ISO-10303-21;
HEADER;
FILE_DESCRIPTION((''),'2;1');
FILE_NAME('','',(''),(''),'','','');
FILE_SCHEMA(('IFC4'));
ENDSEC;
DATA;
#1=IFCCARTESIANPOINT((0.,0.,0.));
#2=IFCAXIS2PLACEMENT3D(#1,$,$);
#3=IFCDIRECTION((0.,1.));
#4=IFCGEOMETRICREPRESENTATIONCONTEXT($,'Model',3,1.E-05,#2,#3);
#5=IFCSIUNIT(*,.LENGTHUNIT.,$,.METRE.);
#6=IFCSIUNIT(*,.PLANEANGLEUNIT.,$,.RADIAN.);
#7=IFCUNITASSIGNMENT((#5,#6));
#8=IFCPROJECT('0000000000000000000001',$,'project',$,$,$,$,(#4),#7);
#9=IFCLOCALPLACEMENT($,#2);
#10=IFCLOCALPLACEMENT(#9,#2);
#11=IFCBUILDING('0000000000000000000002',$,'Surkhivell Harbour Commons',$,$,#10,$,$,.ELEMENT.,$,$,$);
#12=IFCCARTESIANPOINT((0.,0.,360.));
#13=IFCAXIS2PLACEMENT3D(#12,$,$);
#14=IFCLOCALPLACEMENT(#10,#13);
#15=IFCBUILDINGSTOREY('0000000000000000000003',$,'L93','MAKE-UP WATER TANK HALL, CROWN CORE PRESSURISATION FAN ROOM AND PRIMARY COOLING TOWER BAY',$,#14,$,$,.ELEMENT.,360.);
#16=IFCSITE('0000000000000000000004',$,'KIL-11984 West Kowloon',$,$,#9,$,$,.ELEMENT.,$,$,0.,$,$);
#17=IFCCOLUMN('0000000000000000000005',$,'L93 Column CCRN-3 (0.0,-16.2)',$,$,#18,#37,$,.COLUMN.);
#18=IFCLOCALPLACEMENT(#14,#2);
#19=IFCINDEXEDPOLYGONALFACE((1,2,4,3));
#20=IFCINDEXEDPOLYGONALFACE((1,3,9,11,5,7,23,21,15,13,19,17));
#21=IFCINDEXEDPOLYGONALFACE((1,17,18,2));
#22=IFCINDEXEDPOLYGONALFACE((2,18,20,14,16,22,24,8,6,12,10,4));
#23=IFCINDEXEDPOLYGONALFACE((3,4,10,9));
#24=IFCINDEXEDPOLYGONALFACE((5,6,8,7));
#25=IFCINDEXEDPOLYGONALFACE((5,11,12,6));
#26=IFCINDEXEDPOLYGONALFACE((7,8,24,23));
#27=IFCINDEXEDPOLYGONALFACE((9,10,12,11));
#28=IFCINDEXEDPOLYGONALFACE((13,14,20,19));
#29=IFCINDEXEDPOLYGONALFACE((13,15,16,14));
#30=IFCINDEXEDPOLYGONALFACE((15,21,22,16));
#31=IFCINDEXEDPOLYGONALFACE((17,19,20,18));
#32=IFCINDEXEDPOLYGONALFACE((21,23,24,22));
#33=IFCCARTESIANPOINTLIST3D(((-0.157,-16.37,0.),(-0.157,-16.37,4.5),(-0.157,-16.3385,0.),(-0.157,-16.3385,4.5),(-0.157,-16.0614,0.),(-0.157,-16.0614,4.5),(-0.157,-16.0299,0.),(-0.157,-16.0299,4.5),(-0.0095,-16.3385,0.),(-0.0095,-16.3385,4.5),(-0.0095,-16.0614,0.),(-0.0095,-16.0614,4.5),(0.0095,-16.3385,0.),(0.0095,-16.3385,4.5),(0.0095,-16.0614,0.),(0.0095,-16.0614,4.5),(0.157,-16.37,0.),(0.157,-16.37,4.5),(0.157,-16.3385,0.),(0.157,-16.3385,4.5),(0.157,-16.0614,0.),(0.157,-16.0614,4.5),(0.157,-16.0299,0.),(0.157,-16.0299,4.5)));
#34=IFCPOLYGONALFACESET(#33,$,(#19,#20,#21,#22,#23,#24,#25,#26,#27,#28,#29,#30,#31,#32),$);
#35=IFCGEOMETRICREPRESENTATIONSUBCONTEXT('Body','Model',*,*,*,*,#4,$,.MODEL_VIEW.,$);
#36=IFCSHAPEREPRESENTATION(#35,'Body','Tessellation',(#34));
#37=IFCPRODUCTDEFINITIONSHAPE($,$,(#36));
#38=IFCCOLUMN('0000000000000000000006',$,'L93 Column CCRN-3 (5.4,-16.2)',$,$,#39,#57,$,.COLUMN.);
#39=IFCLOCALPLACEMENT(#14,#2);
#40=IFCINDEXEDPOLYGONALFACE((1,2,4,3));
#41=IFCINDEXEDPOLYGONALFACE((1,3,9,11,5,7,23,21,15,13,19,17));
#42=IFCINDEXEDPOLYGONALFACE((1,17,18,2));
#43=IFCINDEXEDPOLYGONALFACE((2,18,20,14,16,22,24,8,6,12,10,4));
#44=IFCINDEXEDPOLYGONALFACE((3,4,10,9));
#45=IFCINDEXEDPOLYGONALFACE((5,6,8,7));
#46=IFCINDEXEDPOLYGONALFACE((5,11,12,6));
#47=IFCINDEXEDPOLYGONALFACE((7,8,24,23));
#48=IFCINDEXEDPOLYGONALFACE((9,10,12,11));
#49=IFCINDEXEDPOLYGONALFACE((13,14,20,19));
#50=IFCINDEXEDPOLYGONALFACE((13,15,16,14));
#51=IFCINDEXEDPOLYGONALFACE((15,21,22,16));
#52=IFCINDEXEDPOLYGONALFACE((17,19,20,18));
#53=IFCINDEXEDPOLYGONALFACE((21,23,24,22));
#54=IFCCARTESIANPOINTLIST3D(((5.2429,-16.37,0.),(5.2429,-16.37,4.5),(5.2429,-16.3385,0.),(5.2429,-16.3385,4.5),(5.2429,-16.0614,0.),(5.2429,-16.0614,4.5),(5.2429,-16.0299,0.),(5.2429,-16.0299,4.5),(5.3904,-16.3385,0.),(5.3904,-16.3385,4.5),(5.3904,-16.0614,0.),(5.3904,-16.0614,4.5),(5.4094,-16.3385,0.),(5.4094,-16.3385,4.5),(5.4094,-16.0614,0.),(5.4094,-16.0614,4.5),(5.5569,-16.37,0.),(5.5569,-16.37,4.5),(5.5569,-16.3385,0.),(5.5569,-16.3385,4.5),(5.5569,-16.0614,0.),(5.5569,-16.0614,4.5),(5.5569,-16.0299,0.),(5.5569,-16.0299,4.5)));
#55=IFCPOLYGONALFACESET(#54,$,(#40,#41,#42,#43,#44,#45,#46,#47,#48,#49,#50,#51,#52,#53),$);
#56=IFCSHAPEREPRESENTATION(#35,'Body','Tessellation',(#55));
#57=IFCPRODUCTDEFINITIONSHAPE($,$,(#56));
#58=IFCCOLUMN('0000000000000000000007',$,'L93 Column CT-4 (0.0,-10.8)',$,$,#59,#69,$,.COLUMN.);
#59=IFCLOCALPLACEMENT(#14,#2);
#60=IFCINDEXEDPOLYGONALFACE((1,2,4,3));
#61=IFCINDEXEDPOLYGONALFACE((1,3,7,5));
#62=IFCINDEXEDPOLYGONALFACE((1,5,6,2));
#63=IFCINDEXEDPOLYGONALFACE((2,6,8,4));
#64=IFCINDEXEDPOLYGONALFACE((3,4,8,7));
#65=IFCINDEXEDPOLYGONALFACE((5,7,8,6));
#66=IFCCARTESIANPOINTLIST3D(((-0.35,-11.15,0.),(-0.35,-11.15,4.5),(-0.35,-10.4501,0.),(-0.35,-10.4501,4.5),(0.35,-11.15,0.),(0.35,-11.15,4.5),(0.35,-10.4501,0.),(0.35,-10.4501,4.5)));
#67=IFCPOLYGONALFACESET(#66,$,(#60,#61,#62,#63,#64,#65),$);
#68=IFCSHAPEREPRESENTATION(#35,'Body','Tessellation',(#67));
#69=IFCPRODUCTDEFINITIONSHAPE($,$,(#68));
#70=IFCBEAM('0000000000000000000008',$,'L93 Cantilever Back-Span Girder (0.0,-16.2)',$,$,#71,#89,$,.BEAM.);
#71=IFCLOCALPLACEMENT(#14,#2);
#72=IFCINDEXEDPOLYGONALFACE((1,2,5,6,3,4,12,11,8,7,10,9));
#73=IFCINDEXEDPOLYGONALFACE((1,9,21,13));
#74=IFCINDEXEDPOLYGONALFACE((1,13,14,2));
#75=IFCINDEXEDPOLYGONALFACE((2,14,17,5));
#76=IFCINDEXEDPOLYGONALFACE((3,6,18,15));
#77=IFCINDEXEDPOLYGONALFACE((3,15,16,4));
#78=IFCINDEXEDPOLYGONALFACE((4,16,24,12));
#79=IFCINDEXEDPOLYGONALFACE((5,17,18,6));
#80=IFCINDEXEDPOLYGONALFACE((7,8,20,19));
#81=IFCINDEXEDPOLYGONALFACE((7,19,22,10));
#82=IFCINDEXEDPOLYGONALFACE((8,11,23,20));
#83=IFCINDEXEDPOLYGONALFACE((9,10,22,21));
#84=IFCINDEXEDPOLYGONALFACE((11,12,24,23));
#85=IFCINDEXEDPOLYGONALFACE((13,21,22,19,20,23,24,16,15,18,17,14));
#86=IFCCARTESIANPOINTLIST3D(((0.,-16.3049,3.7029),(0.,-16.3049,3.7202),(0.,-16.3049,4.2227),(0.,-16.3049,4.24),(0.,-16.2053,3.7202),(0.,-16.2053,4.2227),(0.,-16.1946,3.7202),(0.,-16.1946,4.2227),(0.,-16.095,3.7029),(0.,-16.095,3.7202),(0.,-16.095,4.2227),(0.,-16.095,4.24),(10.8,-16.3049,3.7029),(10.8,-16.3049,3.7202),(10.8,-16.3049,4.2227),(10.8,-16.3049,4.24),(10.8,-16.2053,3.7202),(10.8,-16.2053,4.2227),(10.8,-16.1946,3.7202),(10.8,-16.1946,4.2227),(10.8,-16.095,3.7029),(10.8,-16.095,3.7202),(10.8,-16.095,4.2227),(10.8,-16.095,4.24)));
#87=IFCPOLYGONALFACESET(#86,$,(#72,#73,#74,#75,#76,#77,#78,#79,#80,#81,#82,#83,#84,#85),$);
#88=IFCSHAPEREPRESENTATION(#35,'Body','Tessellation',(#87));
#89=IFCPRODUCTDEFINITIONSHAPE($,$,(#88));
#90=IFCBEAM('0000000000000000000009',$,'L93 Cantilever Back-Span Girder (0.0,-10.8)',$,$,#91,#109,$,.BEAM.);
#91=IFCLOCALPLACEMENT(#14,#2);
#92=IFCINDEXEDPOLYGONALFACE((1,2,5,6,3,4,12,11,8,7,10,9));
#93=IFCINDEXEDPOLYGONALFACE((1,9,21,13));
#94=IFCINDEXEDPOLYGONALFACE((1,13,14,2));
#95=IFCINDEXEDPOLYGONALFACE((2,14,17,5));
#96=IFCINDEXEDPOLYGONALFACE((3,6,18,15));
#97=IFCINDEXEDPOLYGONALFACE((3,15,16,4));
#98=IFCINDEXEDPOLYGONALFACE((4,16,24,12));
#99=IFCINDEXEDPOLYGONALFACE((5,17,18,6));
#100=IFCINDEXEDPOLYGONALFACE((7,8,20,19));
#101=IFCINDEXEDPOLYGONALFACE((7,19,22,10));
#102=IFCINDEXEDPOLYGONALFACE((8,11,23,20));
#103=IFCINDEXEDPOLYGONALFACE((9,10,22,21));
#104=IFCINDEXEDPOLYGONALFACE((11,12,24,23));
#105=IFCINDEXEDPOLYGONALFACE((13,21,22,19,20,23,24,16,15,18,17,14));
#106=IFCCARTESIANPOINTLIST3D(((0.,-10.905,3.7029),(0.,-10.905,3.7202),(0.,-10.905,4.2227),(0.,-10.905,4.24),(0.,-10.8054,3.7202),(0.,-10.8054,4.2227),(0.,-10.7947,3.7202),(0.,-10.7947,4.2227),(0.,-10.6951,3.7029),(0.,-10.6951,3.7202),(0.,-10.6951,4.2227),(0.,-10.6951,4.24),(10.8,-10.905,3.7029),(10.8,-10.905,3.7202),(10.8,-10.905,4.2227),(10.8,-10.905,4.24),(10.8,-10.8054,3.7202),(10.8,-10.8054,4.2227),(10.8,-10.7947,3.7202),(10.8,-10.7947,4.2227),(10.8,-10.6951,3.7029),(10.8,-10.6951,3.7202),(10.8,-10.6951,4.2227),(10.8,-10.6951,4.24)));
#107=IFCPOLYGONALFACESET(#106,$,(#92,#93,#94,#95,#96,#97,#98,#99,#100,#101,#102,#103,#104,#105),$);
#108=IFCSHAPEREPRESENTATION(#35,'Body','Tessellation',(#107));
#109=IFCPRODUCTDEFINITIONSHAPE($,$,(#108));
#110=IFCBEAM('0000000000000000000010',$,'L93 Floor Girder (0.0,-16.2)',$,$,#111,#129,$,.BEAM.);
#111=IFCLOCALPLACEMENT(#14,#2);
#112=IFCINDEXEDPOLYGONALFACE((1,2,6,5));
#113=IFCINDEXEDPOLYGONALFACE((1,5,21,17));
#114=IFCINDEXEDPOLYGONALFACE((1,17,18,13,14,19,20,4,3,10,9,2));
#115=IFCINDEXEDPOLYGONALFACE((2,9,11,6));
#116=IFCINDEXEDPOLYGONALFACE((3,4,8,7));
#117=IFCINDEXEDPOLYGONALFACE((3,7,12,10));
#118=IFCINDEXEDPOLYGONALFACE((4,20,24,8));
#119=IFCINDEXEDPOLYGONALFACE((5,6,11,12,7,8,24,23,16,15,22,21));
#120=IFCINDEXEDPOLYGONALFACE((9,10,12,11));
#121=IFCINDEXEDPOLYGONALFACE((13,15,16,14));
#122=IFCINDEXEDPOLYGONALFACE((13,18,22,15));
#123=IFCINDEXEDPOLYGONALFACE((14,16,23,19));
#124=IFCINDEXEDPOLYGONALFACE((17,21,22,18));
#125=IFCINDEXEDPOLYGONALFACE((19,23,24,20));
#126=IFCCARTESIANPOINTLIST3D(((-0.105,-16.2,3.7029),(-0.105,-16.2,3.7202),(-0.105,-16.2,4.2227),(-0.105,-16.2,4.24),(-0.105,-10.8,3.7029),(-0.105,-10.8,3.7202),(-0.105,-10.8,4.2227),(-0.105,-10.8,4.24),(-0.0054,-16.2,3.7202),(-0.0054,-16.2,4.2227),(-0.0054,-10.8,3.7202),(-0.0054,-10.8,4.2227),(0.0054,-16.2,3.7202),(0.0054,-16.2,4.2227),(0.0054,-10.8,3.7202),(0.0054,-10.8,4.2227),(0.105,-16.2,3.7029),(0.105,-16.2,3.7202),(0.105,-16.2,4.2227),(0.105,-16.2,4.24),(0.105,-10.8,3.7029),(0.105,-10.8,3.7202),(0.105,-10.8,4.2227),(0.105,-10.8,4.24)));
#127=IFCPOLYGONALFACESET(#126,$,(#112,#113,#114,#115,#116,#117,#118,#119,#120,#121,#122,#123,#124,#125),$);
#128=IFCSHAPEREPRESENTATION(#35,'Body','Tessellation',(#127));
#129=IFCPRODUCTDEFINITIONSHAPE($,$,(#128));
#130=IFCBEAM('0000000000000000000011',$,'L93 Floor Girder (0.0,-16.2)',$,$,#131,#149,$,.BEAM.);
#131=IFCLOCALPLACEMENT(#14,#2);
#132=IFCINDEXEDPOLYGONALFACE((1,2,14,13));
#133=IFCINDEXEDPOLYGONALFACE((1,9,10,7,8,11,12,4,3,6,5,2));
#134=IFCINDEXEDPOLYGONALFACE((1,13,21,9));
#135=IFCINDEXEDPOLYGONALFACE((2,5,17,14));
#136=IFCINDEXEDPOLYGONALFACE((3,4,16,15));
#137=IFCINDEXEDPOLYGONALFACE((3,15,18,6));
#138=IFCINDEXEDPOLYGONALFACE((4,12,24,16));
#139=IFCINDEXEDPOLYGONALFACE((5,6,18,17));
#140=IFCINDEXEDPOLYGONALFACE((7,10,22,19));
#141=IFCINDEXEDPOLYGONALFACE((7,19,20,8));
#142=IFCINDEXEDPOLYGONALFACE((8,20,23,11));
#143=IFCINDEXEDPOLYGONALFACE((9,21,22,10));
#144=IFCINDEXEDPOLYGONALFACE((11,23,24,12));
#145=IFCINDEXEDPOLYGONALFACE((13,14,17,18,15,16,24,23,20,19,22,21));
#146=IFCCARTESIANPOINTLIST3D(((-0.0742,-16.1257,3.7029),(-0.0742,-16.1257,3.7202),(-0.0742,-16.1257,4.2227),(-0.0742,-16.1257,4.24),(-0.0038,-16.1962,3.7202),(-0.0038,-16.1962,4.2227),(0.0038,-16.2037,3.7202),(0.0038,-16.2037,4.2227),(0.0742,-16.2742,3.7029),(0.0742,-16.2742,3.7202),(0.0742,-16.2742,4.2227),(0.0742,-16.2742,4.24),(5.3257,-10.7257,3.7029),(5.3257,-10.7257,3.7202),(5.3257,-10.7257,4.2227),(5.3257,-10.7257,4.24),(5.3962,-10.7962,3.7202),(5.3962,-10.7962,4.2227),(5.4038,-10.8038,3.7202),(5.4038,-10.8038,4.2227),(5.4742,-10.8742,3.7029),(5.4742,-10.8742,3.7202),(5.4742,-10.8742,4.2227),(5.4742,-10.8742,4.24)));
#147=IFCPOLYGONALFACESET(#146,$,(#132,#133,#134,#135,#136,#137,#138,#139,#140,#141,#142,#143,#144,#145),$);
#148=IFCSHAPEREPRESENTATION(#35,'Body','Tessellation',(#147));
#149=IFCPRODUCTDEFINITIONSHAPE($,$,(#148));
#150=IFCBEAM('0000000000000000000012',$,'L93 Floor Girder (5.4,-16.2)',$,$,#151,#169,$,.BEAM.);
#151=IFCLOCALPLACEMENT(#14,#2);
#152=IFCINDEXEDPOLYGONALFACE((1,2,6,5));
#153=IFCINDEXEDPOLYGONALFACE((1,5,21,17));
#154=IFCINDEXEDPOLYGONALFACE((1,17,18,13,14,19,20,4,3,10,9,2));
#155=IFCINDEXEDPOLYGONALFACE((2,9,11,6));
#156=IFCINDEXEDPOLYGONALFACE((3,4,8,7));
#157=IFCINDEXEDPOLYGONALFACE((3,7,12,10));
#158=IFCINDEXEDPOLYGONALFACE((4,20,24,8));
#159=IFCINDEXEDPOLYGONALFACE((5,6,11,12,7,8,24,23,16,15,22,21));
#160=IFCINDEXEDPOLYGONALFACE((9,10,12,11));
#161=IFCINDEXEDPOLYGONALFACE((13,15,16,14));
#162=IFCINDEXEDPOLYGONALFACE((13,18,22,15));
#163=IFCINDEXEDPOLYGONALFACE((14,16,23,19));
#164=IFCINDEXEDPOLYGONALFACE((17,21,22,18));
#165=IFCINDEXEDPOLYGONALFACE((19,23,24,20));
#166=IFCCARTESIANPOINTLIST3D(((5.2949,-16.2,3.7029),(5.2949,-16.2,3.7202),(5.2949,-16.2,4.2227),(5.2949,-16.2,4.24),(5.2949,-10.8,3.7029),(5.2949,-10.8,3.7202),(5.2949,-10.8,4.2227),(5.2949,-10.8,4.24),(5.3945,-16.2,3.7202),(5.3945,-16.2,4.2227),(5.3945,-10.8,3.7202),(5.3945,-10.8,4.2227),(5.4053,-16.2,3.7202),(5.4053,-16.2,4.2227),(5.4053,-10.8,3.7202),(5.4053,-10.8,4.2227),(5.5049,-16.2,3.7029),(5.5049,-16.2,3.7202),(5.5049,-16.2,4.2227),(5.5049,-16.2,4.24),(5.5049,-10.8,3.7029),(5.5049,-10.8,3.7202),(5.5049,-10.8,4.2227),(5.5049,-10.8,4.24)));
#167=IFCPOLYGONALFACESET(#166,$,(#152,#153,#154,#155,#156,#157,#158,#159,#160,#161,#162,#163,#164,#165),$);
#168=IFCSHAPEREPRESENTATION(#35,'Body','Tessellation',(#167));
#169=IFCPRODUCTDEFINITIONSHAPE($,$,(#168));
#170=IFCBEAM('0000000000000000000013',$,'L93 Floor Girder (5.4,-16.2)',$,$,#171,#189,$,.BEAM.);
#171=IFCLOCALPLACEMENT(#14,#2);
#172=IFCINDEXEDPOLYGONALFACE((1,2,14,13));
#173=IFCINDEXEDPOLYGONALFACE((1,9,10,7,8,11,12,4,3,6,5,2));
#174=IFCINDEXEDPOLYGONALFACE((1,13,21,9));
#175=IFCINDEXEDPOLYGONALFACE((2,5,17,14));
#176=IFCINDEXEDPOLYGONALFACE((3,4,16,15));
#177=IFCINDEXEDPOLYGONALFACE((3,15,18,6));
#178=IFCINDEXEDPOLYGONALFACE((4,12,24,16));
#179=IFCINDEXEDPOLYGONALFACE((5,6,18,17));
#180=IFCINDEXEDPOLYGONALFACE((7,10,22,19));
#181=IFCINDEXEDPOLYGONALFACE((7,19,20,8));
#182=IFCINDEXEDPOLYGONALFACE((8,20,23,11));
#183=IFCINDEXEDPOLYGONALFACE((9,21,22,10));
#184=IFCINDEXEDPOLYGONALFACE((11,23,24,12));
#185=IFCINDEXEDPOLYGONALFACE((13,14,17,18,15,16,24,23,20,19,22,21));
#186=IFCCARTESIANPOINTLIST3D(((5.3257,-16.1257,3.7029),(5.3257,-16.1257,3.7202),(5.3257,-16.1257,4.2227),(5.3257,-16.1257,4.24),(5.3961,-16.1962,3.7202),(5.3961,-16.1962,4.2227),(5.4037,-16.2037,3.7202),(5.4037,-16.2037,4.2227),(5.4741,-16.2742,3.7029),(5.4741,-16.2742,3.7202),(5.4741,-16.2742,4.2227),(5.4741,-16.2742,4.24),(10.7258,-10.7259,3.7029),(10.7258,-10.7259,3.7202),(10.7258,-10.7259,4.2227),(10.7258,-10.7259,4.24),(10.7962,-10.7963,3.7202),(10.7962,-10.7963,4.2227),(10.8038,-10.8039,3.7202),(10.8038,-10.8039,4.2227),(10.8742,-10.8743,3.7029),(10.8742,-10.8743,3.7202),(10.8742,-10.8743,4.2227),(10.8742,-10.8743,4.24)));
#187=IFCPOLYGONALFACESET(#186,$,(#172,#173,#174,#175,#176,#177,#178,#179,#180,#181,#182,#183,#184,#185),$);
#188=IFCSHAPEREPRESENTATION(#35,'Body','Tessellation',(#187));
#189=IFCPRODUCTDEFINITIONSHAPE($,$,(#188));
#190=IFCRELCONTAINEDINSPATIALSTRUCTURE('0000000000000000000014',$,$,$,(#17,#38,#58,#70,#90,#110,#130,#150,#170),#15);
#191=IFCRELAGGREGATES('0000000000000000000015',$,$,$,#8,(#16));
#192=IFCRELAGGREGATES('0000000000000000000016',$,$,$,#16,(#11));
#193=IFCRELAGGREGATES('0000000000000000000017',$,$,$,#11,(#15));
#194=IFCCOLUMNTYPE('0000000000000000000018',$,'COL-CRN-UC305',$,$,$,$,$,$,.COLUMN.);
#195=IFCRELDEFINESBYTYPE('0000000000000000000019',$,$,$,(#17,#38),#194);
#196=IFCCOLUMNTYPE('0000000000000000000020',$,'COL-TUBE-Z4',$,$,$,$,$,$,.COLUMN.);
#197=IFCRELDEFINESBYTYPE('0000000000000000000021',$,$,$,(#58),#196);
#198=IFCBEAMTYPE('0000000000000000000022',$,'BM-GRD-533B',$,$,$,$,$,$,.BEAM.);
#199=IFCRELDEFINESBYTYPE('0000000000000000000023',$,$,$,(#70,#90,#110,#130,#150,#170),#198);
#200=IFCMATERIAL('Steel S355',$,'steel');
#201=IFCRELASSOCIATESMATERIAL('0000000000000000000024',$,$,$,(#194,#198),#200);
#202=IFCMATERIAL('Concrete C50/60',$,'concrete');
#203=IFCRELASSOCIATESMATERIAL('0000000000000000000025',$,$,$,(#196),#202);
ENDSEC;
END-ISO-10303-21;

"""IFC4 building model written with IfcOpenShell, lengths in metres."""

from ifc_helpers import new_model, si_unit, direction, frame, origin, origin_2d, place, context, subcontext, project, spatial, rectangle, i_section, extrude, material, material_profile, profile_set, type_object, element, save


model = new_model("IFC4")

# Units and contexts
model_context = context("Model", 3, precision=1e-05, world=origin(), true_north=direction((0.0, 1.0)))
body_context = subcontext(model_context, "Body", "Model", "MODEL_VIEW")
ifc_project = project(units=[si_unit("LENGTHUNIT", "METRE"), si_unit("PLANEANGLEUNIT", "RADIAN")], contexts=[model_context])

# Site, building, storey
site_placement = place(None, origin())
site = spatial("IfcSite", under=ifc_project, at=site_placement, Name="KIL-11984 West Kowloon", CompositionType="ELEMENT", RefElevation=0.0)
building_placement = place(site_placement, origin())
building = spatial("IfcBuilding", under=site, at=building_placement, Name="Surkhivell Harbour Commons", CompositionType="ELEMENT")
storey_placement = place(building_placement, frame((0.0, 0.0, 360.0)))
storey = spatial("IfcBuildingStorey", under=building, at=storey_placement, Name="L93", Description="MAKE-UP WATER TANK HALL, CROWN CORE PRESSURISATION FAN ROOM AND PRIMARY COOLING TOWER BAY", CompositionType="ELEMENT", Elevation=360.0)

# Columns
ifc_material_1 = material(Name="Steel S355", Category="steel")
ifc_material_profile_1 = material_profile(ifc_material_1, i_section(OverallWidth=0.314, OverallDepth=0.3401, WebThickness=0.019, FlangeThickness=0.0315, at=origin_2d()), Name="UC305x305x198")
ifc_profile_set_1 = profile_set([ifc_material_profile_1], Name="Steel S355")
column_type_1 = type_object("IfcColumnType", Name="COL-CRN-UC305", PredefinedType="COLUMN", material=ifc_profile_set_1)
for number, where, z_axis, x_axis, name in (
    (1, (0.0, -16.2, 0.0), (0.0, 0.0, 1.0), (1.0, 0.0, 0.0), "L93 Column CCRN-3 (0.0,-16.2)"),
    (2, (5.3999, -16.2, 0.0), (0.0, 0.0, 1.0), (1.0, 0.0, 0.0), "L93 Column CCRN-3 (5.4,-16.2)"),
):
    element("IfcColumn", number, at=place(storey_placement, frame(where, z_axis=z_axis, x_axis=x_axis)), inside=storey, type_object=column_type_1, Name=name, PredefinedType="COLUMN", context=body_context, shape_type="SweptSolid", body=[
        extrude(i_section(OverallWidth=0.314, OverallDepth=0.3401, WebThickness=0.019, FlangeThickness=0.0315, at=origin_2d()), origin(), (0.0, 0.0, 1.0), 4.5),
    ])
ifc_material_2 = material(Name="Concrete C50/60", Category="concrete")
ifc_material_profile_2 = material_profile(ifc_material_2, rectangle(XDim=0.7, YDim=0.7, at=origin_2d()), Name="RC-COL-700x700")
ifc_profile_set_2 = profile_set([ifc_material_profile_2], Name="Concrete C50/60")
column_type_2 = type_object("IfcColumnType", Name="COL-TUBE-Z4", PredefinedType="COLUMN", material=ifc_profile_set_2)
column_placement = place(storey_placement, frame((0.0, -10.8, 0.0), z_axis=(0.0, 0.0, 1.0), x_axis=(1.0, 0.0, 0.0)))
element("IfcColumn", 3, at=column_placement, inside=storey, type_object=column_type_2, Name="L93 Column CT-4 (0.0,-10.8)", PredefinedType="COLUMN", context=body_context, shape_type="SweptSolid", body=[
    extrude(rectangle(XDim=0.7, YDim=0.7, at=origin_2d()), origin(), (0.0, 0.0, 1.0), 4.5),
])

# Beams
ifc_material_profile_3 = material_profile(ifc_material_1, i_section(OverallWidth=0.21, OverallDepth=0.5371, WebThickness=0.0107, FlangeThickness=0.0173, at=origin_2d()), Name="UB533x210x101")
ifc_profile_set_3 = profile_set([ifc_material_profile_3], Name="Steel S355")
beam_type = type_object("IfcBeamType", Name="BM-GRD-533B", PredefinedType="BEAM", material=ifc_profile_set_3)
for number, where, z_axis, x_axis, name in (
    (4, (0.0, -16.2, 3.9714), (1.0, 0.0, 0.0), (0.0, 1.0, 0.0), "L93 Cantilever Back-Span Girder (0.0,-16.2)"),
    (5, (0.0, -10.8, 3.9714), (1.0, 0.0, 0.0), (0.0, 1.0, 0.0), "L93 Cantilever Back-Span Girder (0.0,-10.8)"),
):
    element("IfcBeam", number, at=place(storey_placement, frame(where, z_axis=z_axis, x_axis=x_axis)), inside=storey, type_object=beam_type, Name=name, PredefinedType="BEAM", context=body_context, shape_type="SweptSolid", body=[
        extrude(i_section(OverallWidth=0.21, OverallDepth=0.5371, WebThickness=0.0107, FlangeThickness=0.0173, at=origin_2d()), origin(), (0.0, 0.0, 1.0), 10.8),
    ])
beam_1_placement = place(storey_placement, frame((0.0, -16.2, 3.9714), z_axis=(0.0, 1.0, 0.0), x_axis=(-1.0, 0.0, 0.0)))
element("IfcBeam", 6, at=beam_1_placement, inside=storey, type_object=beam_type, Name="L93 Floor Girder (0.0,-16.2)", PredefinedType="BEAM", context=body_context, shape_type="SweptSolid", body=[
    extrude(i_section(OverallWidth=0.21, OverallDepth=0.5371, WebThickness=0.0107, FlangeThickness=0.0173, at=origin_2d()), origin(), (0.0, 0.0, 1.0), 5.3999),
])
beam_2_placement = place(storey_placement, frame((0.0, -16.2, 3.9714), z_axis=(0.707107, 0.707107, 0.0), x_axis=(-0.707107, 0.707107, 0.0)))
element("IfcBeam", 7, at=beam_2_placement, inside=storey, type_object=beam_type, Name="L93 Floor Girder (0.0,-16.2)", PredefinedType="BEAM", context=body_context, shape_type="SweptSolid", body=[
    extrude(i_section(OverallWidth=0.21, OverallDepth=0.5371, WebThickness=0.0107, FlangeThickness=0.0173, at=origin_2d()), origin(), (0.0, 0.0, 1.0), 7.6367),
])
beam_3_placement = place(storey_placement, frame((5.3999, -16.2, 3.9714), z_axis=(0.0, 1.0, 0.0), x_axis=(-1.0, 0.0, 0.0)))
element("IfcBeam", 8, at=beam_3_placement, inside=storey, type_object=beam_type, Name="L93 Floor Girder (5.4,-16.2)", PredefinedType="BEAM", context=body_context, shape_type="SweptSolid", body=[
    extrude(i_section(OverallWidth=0.21, OverallDepth=0.5371, WebThickness=0.0107, FlangeThickness=0.0173, at=origin_2d()), origin(), (0.0, 0.0, 1.0), 5.3999),
])
beam_4_placement = place(storey_placement, frame((5.3999, -16.2, 3.9714), z_axis=(0.707123, 0.707091, 0.0), x_axis=(-0.707091, 0.707123, 0.0)))
element("IfcBeam", 9, at=beam_4_placement, inside=storey, type_object=beam_type, Name="L93 Floor Girder (5.4,-16.2)", PredefinedType="BEAM", context=body_context, shape_type="SweptSolid", body=[
    extrude(i_section(OverallWidth=0.21, OverallDepth=0.5371, WebThickness=0.0107, FlangeThickness=0.0173, at=origin_2d()), origin(), (0.0, 0.0, 1.0), 7.6367),
])

save(model, "model.ifc")
